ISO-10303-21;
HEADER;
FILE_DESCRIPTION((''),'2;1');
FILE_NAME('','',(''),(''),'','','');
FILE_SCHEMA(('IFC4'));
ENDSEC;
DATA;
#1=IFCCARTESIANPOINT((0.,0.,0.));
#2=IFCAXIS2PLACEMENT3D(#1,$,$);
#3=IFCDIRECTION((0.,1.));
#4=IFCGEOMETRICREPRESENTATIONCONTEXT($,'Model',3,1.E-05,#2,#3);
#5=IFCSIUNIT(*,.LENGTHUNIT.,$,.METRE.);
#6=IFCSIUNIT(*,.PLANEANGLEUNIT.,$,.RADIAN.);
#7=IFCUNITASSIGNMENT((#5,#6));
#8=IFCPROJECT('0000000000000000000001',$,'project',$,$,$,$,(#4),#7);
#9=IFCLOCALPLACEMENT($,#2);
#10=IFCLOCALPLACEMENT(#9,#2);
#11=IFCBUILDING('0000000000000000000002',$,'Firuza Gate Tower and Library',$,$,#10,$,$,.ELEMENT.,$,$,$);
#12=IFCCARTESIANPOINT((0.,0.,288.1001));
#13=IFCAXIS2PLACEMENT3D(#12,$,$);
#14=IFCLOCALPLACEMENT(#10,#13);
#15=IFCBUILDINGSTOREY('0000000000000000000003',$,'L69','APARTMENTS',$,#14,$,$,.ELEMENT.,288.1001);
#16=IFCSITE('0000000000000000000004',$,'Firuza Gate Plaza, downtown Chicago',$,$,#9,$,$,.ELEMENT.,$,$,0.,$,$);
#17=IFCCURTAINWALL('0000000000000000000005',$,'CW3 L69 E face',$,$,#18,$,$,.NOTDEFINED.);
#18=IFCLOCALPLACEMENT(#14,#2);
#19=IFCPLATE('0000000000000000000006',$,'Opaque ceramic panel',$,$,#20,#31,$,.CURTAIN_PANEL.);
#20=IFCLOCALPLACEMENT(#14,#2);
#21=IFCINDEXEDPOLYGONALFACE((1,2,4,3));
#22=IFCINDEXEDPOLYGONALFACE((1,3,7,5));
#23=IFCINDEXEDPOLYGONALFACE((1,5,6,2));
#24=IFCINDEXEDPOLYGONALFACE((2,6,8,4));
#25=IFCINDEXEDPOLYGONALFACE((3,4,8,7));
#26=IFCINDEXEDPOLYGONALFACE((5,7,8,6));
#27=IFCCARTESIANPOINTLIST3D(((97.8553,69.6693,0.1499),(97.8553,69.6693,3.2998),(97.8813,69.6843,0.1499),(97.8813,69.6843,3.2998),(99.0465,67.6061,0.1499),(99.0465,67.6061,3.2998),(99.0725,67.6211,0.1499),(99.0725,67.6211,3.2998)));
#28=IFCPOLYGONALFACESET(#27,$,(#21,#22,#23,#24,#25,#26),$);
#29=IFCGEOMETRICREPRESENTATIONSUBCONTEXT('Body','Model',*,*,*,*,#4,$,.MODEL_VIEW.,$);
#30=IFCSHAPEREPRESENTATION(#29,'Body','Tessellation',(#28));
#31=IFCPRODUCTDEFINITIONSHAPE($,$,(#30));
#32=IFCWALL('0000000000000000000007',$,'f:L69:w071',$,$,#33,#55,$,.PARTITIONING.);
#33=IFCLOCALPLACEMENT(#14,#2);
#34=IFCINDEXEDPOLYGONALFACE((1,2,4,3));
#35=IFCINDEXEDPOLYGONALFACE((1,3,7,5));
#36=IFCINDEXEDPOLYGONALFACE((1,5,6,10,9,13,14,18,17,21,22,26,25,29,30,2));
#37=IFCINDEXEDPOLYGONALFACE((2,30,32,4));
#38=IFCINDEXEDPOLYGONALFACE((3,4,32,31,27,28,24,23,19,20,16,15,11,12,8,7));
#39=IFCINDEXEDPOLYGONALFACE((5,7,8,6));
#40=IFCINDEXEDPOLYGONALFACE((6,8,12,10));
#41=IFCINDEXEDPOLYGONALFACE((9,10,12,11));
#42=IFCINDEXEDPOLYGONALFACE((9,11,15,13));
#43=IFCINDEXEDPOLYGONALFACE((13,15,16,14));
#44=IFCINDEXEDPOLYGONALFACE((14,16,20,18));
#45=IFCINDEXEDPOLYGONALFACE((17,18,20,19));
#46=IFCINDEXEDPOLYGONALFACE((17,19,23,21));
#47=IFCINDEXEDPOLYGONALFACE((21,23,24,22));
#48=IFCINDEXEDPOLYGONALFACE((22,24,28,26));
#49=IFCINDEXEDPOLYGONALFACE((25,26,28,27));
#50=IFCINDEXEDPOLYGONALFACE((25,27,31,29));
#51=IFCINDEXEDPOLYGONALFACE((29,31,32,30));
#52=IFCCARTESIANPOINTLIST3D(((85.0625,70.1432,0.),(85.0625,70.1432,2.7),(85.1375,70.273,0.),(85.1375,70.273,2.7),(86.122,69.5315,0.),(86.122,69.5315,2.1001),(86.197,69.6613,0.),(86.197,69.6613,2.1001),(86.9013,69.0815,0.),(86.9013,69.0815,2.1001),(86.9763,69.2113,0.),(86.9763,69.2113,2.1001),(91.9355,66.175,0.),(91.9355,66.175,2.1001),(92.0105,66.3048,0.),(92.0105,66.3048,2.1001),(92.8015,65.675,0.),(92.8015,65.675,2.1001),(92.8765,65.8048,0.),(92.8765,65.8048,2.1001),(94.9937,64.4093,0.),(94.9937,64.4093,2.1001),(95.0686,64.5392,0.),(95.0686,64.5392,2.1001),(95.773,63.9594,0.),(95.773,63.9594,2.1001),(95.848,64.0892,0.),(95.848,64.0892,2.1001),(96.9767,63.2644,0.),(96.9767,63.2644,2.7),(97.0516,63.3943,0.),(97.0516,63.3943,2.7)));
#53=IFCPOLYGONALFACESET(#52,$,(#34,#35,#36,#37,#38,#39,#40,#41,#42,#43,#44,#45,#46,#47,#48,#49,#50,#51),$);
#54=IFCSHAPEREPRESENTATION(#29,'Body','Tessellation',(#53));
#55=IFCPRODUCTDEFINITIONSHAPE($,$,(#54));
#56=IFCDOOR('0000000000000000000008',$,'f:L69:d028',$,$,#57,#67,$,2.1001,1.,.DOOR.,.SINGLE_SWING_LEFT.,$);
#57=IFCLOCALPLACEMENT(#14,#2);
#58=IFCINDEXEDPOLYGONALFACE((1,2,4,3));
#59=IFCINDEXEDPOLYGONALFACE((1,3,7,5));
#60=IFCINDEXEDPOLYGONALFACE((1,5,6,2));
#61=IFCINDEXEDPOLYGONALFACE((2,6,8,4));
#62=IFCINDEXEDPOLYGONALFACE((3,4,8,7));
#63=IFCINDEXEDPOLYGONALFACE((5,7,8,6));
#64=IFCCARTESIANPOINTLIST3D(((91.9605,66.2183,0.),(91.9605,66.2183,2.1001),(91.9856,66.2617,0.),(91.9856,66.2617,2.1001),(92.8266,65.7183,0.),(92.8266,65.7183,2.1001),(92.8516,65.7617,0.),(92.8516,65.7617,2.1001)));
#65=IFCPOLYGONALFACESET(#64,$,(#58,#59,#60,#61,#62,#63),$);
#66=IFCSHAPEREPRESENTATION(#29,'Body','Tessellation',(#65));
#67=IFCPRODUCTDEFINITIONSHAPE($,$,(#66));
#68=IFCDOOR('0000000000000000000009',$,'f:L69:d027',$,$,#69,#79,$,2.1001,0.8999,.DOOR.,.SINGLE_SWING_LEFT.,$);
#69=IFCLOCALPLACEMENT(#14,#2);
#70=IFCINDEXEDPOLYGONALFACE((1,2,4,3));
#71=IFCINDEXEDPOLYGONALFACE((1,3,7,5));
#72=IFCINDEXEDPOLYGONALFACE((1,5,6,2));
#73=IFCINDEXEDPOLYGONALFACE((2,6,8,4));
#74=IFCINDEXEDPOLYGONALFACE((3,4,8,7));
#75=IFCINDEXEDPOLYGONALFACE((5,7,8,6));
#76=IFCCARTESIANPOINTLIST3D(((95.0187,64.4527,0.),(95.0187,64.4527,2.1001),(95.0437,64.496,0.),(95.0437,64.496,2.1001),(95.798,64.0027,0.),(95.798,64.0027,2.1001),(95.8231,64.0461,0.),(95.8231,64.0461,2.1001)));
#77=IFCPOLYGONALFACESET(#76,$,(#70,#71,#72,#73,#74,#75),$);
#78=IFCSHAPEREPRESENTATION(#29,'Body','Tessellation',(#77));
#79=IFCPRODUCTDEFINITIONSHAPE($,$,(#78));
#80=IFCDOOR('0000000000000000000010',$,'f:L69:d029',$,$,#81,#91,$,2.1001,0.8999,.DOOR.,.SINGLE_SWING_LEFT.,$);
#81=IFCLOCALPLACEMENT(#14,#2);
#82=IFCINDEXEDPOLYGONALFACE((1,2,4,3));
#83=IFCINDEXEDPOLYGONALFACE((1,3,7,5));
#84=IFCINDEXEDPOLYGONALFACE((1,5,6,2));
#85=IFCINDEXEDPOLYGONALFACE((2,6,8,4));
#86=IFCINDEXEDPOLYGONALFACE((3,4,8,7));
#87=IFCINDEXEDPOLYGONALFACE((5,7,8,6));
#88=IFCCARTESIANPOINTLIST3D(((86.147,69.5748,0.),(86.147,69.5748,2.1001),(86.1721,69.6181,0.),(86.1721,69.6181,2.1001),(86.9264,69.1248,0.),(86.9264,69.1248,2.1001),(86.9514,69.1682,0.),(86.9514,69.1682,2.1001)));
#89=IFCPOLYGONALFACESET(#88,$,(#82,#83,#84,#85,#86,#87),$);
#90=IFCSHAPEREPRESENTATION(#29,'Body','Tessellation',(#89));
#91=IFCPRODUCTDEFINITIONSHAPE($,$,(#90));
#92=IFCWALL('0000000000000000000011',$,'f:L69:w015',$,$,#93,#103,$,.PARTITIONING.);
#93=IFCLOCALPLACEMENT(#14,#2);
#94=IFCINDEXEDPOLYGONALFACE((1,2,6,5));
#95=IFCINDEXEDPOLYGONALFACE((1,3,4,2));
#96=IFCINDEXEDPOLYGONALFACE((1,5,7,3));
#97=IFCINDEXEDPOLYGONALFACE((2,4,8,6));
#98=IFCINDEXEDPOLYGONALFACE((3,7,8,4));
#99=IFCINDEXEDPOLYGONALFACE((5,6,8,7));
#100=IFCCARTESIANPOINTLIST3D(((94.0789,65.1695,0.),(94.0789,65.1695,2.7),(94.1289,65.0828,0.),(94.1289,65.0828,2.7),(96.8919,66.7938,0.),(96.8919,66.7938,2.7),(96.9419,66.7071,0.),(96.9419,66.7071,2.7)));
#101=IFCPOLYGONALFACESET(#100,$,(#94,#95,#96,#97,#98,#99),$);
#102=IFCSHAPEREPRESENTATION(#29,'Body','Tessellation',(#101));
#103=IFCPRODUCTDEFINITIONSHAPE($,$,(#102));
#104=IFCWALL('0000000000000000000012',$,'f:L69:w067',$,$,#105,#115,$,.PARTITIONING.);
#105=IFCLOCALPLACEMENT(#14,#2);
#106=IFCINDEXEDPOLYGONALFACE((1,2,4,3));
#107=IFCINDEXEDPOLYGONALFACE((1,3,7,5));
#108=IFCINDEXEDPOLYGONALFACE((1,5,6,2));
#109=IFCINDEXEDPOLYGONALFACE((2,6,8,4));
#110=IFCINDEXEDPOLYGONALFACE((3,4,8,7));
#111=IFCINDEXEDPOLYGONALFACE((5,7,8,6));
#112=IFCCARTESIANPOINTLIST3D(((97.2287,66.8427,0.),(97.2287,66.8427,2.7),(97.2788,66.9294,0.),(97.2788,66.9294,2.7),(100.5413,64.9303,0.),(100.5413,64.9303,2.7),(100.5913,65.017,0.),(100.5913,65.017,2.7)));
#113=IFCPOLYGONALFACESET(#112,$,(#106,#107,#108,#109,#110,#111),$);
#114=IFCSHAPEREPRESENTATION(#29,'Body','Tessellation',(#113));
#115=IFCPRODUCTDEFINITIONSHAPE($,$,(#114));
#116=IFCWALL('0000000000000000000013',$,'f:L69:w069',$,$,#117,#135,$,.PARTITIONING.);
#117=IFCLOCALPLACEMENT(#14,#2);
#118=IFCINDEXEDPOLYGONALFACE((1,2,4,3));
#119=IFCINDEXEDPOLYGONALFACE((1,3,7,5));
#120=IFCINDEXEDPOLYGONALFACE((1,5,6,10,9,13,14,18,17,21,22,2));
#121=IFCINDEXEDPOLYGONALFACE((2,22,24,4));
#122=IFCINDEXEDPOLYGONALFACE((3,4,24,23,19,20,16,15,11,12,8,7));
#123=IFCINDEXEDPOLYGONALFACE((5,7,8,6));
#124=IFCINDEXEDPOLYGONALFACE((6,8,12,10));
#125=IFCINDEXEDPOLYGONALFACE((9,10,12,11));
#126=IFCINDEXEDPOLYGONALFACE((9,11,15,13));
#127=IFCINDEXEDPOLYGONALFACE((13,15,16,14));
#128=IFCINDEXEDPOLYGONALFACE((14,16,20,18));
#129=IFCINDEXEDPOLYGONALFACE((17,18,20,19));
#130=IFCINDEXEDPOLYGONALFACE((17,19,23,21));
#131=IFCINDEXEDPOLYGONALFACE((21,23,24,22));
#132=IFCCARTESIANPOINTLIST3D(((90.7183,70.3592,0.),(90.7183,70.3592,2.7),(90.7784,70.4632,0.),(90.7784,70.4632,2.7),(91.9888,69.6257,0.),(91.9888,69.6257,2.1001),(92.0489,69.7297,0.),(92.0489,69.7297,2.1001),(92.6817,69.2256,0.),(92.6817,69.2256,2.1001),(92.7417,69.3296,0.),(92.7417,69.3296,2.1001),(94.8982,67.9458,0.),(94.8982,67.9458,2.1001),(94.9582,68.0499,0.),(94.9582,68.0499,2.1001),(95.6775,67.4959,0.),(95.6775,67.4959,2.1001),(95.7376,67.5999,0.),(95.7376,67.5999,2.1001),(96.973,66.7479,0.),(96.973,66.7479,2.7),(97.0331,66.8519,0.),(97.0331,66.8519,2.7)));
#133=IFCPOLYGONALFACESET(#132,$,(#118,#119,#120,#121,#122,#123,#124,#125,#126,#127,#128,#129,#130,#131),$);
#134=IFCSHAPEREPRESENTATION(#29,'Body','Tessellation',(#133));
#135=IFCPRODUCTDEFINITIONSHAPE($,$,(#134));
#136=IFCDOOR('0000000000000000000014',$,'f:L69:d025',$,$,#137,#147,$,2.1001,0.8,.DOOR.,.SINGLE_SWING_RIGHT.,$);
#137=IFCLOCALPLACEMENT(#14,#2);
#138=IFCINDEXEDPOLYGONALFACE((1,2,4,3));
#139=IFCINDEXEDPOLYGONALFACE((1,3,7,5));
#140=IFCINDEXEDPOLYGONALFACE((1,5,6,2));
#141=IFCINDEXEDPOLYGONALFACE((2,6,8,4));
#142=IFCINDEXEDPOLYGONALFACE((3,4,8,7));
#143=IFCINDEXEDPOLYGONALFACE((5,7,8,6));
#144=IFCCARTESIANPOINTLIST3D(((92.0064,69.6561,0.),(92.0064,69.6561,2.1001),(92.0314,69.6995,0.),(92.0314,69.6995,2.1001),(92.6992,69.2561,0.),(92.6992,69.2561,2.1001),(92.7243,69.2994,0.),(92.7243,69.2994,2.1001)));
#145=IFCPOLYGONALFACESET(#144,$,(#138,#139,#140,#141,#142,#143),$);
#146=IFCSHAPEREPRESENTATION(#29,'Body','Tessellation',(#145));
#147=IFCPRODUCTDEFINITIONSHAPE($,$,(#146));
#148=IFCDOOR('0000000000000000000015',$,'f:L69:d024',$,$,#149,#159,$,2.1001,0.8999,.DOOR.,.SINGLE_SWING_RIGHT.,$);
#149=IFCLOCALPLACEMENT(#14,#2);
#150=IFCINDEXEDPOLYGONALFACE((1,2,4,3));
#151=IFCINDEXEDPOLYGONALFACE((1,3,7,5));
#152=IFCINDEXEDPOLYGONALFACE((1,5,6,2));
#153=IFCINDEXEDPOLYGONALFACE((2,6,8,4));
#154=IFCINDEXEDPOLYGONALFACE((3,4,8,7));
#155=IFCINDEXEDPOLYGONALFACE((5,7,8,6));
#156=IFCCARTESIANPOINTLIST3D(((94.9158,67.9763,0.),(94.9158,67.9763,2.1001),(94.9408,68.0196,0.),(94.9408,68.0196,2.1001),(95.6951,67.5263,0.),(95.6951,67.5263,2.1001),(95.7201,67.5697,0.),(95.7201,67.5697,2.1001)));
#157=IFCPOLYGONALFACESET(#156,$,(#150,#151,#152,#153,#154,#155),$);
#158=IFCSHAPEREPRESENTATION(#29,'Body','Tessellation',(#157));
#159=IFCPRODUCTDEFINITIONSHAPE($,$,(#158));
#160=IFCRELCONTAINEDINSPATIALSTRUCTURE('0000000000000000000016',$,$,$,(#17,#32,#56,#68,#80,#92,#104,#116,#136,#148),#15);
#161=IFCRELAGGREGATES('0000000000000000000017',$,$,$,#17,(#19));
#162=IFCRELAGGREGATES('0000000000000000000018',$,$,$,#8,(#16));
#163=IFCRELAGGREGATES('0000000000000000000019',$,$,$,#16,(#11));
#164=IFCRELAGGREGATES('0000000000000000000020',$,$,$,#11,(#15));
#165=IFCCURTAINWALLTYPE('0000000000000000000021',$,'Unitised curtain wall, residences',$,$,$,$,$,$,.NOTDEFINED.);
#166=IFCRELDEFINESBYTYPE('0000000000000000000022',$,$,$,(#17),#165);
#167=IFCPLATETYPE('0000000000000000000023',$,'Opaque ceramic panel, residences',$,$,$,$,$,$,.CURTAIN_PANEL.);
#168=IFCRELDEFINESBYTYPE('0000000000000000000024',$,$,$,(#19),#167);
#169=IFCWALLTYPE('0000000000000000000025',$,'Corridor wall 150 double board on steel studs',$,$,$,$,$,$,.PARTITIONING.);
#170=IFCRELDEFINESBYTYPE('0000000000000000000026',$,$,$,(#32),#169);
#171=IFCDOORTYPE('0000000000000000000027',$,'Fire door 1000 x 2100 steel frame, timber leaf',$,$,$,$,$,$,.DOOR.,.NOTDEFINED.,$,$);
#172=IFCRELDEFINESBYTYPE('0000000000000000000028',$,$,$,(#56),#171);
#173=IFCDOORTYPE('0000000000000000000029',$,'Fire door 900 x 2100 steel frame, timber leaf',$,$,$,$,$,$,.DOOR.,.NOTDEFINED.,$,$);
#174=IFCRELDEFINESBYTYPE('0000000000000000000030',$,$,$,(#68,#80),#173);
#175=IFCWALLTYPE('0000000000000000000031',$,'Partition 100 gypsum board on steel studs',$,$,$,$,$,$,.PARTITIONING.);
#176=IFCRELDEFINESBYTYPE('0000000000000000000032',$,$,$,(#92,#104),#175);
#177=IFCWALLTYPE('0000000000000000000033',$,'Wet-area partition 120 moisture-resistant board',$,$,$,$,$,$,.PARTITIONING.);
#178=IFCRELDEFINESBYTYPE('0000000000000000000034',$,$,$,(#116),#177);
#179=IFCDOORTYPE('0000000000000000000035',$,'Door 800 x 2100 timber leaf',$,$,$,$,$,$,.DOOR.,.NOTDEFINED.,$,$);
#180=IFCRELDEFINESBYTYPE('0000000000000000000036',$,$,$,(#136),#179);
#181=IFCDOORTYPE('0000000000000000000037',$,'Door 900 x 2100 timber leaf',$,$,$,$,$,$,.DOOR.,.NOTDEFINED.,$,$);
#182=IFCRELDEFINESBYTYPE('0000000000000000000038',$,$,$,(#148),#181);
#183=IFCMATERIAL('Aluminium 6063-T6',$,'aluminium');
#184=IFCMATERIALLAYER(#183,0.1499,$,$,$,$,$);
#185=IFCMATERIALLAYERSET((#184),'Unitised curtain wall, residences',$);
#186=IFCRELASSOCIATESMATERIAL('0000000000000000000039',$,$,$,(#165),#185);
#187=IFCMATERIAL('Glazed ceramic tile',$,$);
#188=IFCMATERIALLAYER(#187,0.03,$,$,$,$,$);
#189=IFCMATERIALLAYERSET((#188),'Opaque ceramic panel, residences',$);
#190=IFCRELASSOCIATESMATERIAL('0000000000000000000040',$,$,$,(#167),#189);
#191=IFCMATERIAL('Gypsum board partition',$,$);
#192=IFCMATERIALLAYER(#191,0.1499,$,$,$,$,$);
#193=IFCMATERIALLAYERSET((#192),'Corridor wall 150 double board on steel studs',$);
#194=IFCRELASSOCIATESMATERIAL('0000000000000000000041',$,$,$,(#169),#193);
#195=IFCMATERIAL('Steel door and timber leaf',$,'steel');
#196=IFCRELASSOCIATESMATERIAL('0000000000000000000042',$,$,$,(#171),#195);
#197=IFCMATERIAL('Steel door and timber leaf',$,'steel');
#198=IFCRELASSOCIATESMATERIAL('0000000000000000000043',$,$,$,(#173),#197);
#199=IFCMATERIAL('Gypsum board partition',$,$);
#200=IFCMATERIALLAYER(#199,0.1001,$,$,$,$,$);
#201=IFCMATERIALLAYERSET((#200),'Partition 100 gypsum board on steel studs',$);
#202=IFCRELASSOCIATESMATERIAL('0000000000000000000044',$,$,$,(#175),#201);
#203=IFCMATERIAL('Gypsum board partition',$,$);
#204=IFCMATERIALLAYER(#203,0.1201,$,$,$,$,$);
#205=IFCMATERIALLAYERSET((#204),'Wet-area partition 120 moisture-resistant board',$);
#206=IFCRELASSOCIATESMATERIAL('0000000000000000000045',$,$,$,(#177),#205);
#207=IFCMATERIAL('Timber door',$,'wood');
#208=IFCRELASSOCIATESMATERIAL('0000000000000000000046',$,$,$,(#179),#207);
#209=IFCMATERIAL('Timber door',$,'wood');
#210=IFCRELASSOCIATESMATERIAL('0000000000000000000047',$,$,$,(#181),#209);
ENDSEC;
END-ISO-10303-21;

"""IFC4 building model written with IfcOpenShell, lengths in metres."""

from ifc_helpers import new_model, si_unit, direction, frame, frame_2d, origin, place, context, subcontext, project, spatial, polyline, rectangle, outline, extrude, material, layer, layer_set, type_object, element, fill, aggregate, save


model = new_model("IFC4")

# Units and contexts
model_context = context("Model", 3, precision=1e-05, world=origin(), true_north=direction((0.0, 1.0)))
body_context = subcontext(model_context, "Body", "Model", "MODEL_VIEW")
ifc_project = project(units=[si_unit("LENGTHUNIT", "METRE"), si_unit("PLANEANGLEUNIT", "RADIAN")], contexts=[model_context])

# Site, building, storey
site_placement = place(None, origin())
site = spatial("IfcSite", under=ifc_project, at=site_placement, Name="Firuza Gate Plaza, downtown Chicago", CompositionType="ELEMENT", RefElevation=0.0)
building_placement = place(site_placement, origin())
building = spatial("IfcBuilding", under=site, at=building_placement, Name="Firuza Gate Tower and Library", CompositionType="ELEMENT")
storey_placement = place(building_placement, frame((0.0, 0.0, 288.1001)))
storey = spatial("IfcBuildingStorey", under=building, at=storey_placement, Name="L69", Description="APARTMENTS", CompositionType="ELEMENT", Elevation=288.1001)

# Curtain wall
ifc_material_1 = material(Name="Aluminium 6063-T6", Category="aluminium")
ifc_layer_1 = layer(ifc_material_1, 0.1499)
ifc_layer_set_1 = layer_set([ifc_layer_1], Name="Unitised curtain wall, residences")
curtain_wall_type_1 = type_object("IfcCurtainWallType", Name="Unitised curtain wall, residences", PredefinedType="NOTDEFINED", material=ifc_layer_set_1)
placement = place(storey_placement, origin())
curtain_wall_1 = element("IfcCurtainWall", 1, at=placement, inside=storey, type_object=curtain_wall_type_1, Name="CW3 L69 E face", PredefinedType="NOTDEFINED")

# Plate
ifc_material_2 = material(Name="Glazed ceramic tile")
ifc_layer_2 = layer(ifc_material_2, 0.03)
ifc_layer_set_2 = layer_set([ifc_layer_2], Name="Opaque ceramic panel, residences")
plate_type_1 = type_object("IfcPlateType", Name="Opaque ceramic panel, residences", PredefinedType="CURTAIN_PANEL", material=ifc_layer_set_2)
plate_1_placement = place(storey_placement, frame((99.0725, 67.6211, 0.1499), z_axis=(0.866034, 0.499986, 0.0), x_axis=(-0.499986, 0.866034, 0.0)))
plate_1 = element("IfcPlate", 2, at=plate_1_placement, type_object=plate_type_1, Name="Opaque ceramic panel", PredefinedType="CURTAIN_PANEL", context=body_context, shape_type="SweptSolid", body=[
    extrude(outline(polyline([(0.0, 0.0), (2.3824, 0.0), (2.3824, 3.1499), (0.0, 3.1499), (0.0, 0.0)])), origin(), (0.0, 0.0, -1.0), 0.03),
])
aggregate(curtain_wall_1, [plate_1])

# Wall, openings, doors
ifc_material_3 = material(Name="Gypsum board partition")
ifc_layer_3 = layer(ifc_material_3, 0.1499)
ifc_layer_set_3 = layer_set([ifc_layer_3], Name="Corridor wall 150 double board on steel studs")
wall_type_1 = type_object("IfcWallType", Name="Corridor wall 150 double board on steel studs", PredefinedType="PARTITIONING", material=ifc_layer_set_3)
wall_1_placement = place(storey_placement, frame((97.0142, 63.3293, 0.0), z_axis=(0.0, 0.0, 1.0), x_axis=(-0.866023, 0.500004, 0.0)))
wall_1 = element("IfcWall", 3, at=wall_1_placement, inside=storey, type_object=wall_type_1, Name="f:L69:w071", PredefinedType="PARTITIONING", context=body_context, shape_type="SweptSolid", body=[
    extrude(rectangle(XDim=13.7573, YDim=0.1499, at=frame_2d((6.8787, 0.0))), origin(), (0.0, 0.0, 1.0), 2.7),
])
opening_1_placement = place(wall_1_placement, frame((1.3899, 0.0, 0.0)))
opening_1 = element("IfcOpeningElement", 4, at=opening_1_placement, cuts=wall_1, PredefinedType="OPENING", context=body_context, shape_type="SweptSolid", body=[
    extrude(rectangle(XDim=0.8999, YDim=2.1001, at=frame_2d((0.45, 1.05))), frame((0.0, 0.085, 0.0), z_axis=(0.0, -1.0, 0.0), x_axis=(1.0, 0.0, 0.0)), (0.0, 0.0, 1.0), 0.1699),
])
opening_2_placement = place(wall_1_placement, frame((4.821, 0.0, 0.0)))
opening_2 = element("IfcOpeningElement", 5, at=opening_2_placement, cuts=wall_1, PredefinedType="OPENING", context=body_context, shape_type="SweptSolid", body=[
    extrude(rectangle(XDim=1.0, YDim=2.1001, at=frame_2d((0.5, 1.05))), frame((0.0, 0.085, 0.0), z_axis=(0.0, -1.0, 0.0), x_axis=(1.0, 0.0, 0.0)), (0.0, 0.0, 1.0), 0.1699),
])
opening_3_placement = place(wall_1_placement, frame((11.634, 0.0, 0.0)))
opening_3 = element("IfcOpeningElement", 6, at=opening_3_placement, cuts=wall_1, PredefinedType="OPENING", context=body_context, shape_type="SweptSolid", body=[
    extrude(rectangle(XDim=0.8999, YDim=2.1001, at=frame_2d((0.45, 1.05))), frame((0.0, 0.085, 0.0), z_axis=(0.0, -1.0, 0.0), x_axis=(1.0, 0.0, 0.0)), (0.0, 0.0, 1.0), 0.1699),
])
ifc_material_4 = material(Name="Steel door and timber leaf", Category="steel")
door_type_1 = type_object("IfcDoorType", Name="Fire door 1000 x 2100 steel frame, timber leaf", OperationType="NOTDEFINED", PredefinedType="DOOR", material=ifc_material_4)
door_1_placement = place(opening_2_placement, origin())
door_1 = element("IfcDoor", 7, at=door_1_placement, inside=storey, type_object=door_type_1, Name="f:L69:d028", OperationType="SINGLE_SWING_LEFT", OverallHeight=2.1001, OverallWidth=1.0, PredefinedType="DOOR", context=body_context, shape_type="SweptSolid", body=[
    extrude(rectangle(XDim=1.0, YDim=2.1001, at=frame_2d((0.5, 1.05))), frame((0.0, 0.0249, 0.0), z_axis=(0.0, -1.0, 0.0), x_axis=(1.0, 0.0, 0.0)), (0.0, 0.0, 1.0), 0.05),
])
fill(opening_2, door_1)
ifc_material_5 = material(Name="Steel door and timber leaf", Category="steel")
door_type_2 = type_object("IfcDoorType", Name="Fire door 900 x 2100 steel frame, timber leaf", OperationType="NOTDEFINED", PredefinedType="DOOR", material=ifc_material_5)
door_2_placement = place(opening_1_placement, origin())
door_2 = element("IfcDoor", 8, at=door_2_placement, inside=storey, type_object=door_type_2, Name="f:L69:d027", OperationType="SINGLE_SWING_LEFT", OverallHeight=2.1001, OverallWidth=0.8999, PredefinedType="DOOR", context=body_context, shape_type="SweptSolid", body=[
    extrude(rectangle(XDim=0.8999, YDim=2.1001, at=frame_2d((0.45, 1.05))), frame((0.0, 0.0249, 0.0), z_axis=(0.0, -1.0, 0.0), x_axis=(1.0, 0.0, 0.0)), (0.0, 0.0, 1.0), 0.05),
])
fill(opening_1, door_2)
door_3_placement = place(opening_3_placement, origin())
door_3 = element("IfcDoor", 9, at=door_3_placement, inside=storey, type_object=door_type_2, Name="f:L69:d029", OperationType="SINGLE_SWING_LEFT", OverallHeight=2.1001, OverallWidth=0.8999, PredefinedType="DOOR", context=body_context, shape_type="SweptSolid", body=[
    extrude(rectangle(XDim=0.8999, YDim=2.1001, at=frame_2d((0.45, 1.05))), frame((0.0, 0.0249, 0.0), z_axis=(0.0, -1.0, 0.0), x_axis=(1.0, 0.0, 0.0)), (0.0, 0.0, 1.0), 0.05),
])
fill(opening_3, door_3)

# Walls
ifc_material_6 = material(Name="Gypsum board partition")
ifc_layer_4 = layer(ifc_material_6, 0.1001)
ifc_layer_set_4 = layer_set([ifc_layer_4], Name="Partition 100 gypsum board on steel studs")
wall_type_2 = type_object("IfcWallType", Name="Partition 100 gypsum board on steel studs", PredefinedType="PARTITIONING", material=ifc_layer_set_4)
wall_2_placement = place(storey_placement, frame((94.104, 65.1262, 0.0), z_axis=(0.0, 0.0, 1.0), x_axis=(0.866, 0.500043, 0.0)))
element("IfcWall", 10, at=wall_2_placement, inside=storey, type_object=wall_type_2, Name="f:L69:w015", PredefinedType="PARTITIONING", context=body_context, shape_type="SweptSolid", body=[
    extrude(rectangle(XDim=3.2483, YDim=0.1001, at=frame_2d((1.624, 0.0))), origin(), (0.0, 0.0, 1.0), 2.7),
])
wall_3_placement = place(storey_placement, frame((100.5664, 64.9736, 0.0), z_axis=(0.0, 0.0, 1.0), x_axis=(-0.866039, 0.499977, 0.0)))
element("IfcWall", 11, at=wall_3_placement, inside=storey, type_object=wall_type_2, Name="f:L69:w067", PredefinedType="PARTITIONING", context=body_context, shape_type="SweptSolid", body=[
    extrude(rectangle(XDim=3.825, YDim=0.1001, at=frame_2d((1.9126, 0.0))), origin(), (0.0, 0.0, 1.0), 2.7),
])

# Wall, openings, doors
ifc_material_7 = material(Name="Gypsum board partition")
ifc_layer_5 = layer(ifc_material_7, 0.1201)
ifc_layer_set_5 = layer_set([ifc_layer_5], Name="Wet-area partition 120 moisture-resistant board")
wall_type_3 = type_object("IfcWallType", Name="Wet-area partition 120 moisture-resistant board", PredefinedType="PARTITIONING", material=ifc_layer_set_5)
wall_4_placement = place(storey_placement, frame((97.0032, 66.7998, 0.0), z_axis=(0.0, 0.0, 1.0), x_axis=(-0.866013, 0.500022, 0.0)))
wall_4 = element("IfcWall", 12, at=wall_4_placement, inside=storey, type_object=wall_type_3, Name="f:L69:w069", PredefinedType="PARTITIONING", context=body_context, shape_type="SweptSolid", body=[
    extrude(rectangle(XDim=7.2224, YDim=0.1201, at=frame_2d((3.6113, 0.0))), origin(), (0.0, 0.0, 1.0), 2.7),
])
opening_4_placement = place(wall_4_placement, frame((1.4961, 0.0, 0.0)))
opening_4 = element("IfcOpeningElement", 13, at=opening_4_placement, cuts=wall_4, PredefinedType="OPENING", context=body_context, shape_type="SweptSolid", body=[
    extrude(rectangle(XDim=0.8999, YDim=2.1001, at=frame_2d((0.45, 1.05))), frame((0.0, 0.0701, 0.0), z_axis=(0.0, -1.0, 0.0), x_axis=(1.0, 0.0, 0.0)), (0.0, 0.0, 1.0), 0.1401),
])
opening_5_placement = place(wall_4_placement, frame((4.9556, 0.0, 0.0)))
opening_5 = element("IfcOpeningElement", 14, at=opening_5_placement, cuts=wall_4, PredefinedType="OPENING", context=body_context, shape_type="SweptSolid", body=[
    extrude(rectangle(XDim=0.8, YDim=2.1001, at=frame_2d((0.3999, 1.05))), frame((0.0, 0.0701, 0.0), z_axis=(0.0, -1.0, 0.0), x_axis=(1.0, 0.0, 0.0)), (0.0, 0.0, 1.0), 0.1401),
])
ifc_material_8 = material(Name="Timber door", Category="wood")
door_type_3 = type_object("IfcDoorType", Name="Door 800 x 2100 timber leaf", OperationType="NOTDEFINED", PredefinedType="DOOR", material=ifc_material_8)
door_4_placement = place(opening_5_placement, origin())
door_4 = element("IfcDoor", 15, at=door_4_placement, inside=storey, type_object=door_type_3, Name="f:L69:d025", OperationType="SINGLE_SWING_RIGHT", OverallHeight=2.1001, OverallWidth=0.8, PredefinedType="DOOR", context=body_context, shape_type="SweptSolid", body=[
    extrude(rectangle(XDim=0.8, YDim=2.1001, at=frame_2d((0.3999, 1.05))), frame((0.0, 0.0249, 0.0), z_axis=(0.0, -1.0, 0.0), x_axis=(1.0, 0.0, 0.0)), (0.0, 0.0, 1.0), 0.05),
])
fill(opening_5, door_4)
ifc_material_9 = material(Name="Timber door", Category="wood")
door_type_4 = type_object("IfcDoorType", Name="Door 900 x 2100 timber leaf", OperationType="NOTDEFINED", PredefinedType="DOOR", material=ifc_material_9)
door_5_placement = place(opening_4_placement, origin())
door_5 = element("IfcDoor", 16, at=door_5_placement, inside=storey, type_object=door_type_4, Name="f:L69:d024", OperationType="SINGLE_SWING_RIGHT", OverallHeight=2.1001, OverallWidth=0.8999, PredefinedType="DOOR", context=body_context, shape_type="SweptSolid", body=[
    extrude(rectangle(XDim=0.8999, YDim=2.1001, at=frame_2d((0.45, 1.05))), frame((0.0, 0.0249, 0.0), z_axis=(0.0, -1.0, 0.0), x_axis=(1.0, 0.0, 0.0)), (0.0, 0.0, 1.0), 0.05),
])
fill(opening_4, door_5)

save(model, "model.ifc")
